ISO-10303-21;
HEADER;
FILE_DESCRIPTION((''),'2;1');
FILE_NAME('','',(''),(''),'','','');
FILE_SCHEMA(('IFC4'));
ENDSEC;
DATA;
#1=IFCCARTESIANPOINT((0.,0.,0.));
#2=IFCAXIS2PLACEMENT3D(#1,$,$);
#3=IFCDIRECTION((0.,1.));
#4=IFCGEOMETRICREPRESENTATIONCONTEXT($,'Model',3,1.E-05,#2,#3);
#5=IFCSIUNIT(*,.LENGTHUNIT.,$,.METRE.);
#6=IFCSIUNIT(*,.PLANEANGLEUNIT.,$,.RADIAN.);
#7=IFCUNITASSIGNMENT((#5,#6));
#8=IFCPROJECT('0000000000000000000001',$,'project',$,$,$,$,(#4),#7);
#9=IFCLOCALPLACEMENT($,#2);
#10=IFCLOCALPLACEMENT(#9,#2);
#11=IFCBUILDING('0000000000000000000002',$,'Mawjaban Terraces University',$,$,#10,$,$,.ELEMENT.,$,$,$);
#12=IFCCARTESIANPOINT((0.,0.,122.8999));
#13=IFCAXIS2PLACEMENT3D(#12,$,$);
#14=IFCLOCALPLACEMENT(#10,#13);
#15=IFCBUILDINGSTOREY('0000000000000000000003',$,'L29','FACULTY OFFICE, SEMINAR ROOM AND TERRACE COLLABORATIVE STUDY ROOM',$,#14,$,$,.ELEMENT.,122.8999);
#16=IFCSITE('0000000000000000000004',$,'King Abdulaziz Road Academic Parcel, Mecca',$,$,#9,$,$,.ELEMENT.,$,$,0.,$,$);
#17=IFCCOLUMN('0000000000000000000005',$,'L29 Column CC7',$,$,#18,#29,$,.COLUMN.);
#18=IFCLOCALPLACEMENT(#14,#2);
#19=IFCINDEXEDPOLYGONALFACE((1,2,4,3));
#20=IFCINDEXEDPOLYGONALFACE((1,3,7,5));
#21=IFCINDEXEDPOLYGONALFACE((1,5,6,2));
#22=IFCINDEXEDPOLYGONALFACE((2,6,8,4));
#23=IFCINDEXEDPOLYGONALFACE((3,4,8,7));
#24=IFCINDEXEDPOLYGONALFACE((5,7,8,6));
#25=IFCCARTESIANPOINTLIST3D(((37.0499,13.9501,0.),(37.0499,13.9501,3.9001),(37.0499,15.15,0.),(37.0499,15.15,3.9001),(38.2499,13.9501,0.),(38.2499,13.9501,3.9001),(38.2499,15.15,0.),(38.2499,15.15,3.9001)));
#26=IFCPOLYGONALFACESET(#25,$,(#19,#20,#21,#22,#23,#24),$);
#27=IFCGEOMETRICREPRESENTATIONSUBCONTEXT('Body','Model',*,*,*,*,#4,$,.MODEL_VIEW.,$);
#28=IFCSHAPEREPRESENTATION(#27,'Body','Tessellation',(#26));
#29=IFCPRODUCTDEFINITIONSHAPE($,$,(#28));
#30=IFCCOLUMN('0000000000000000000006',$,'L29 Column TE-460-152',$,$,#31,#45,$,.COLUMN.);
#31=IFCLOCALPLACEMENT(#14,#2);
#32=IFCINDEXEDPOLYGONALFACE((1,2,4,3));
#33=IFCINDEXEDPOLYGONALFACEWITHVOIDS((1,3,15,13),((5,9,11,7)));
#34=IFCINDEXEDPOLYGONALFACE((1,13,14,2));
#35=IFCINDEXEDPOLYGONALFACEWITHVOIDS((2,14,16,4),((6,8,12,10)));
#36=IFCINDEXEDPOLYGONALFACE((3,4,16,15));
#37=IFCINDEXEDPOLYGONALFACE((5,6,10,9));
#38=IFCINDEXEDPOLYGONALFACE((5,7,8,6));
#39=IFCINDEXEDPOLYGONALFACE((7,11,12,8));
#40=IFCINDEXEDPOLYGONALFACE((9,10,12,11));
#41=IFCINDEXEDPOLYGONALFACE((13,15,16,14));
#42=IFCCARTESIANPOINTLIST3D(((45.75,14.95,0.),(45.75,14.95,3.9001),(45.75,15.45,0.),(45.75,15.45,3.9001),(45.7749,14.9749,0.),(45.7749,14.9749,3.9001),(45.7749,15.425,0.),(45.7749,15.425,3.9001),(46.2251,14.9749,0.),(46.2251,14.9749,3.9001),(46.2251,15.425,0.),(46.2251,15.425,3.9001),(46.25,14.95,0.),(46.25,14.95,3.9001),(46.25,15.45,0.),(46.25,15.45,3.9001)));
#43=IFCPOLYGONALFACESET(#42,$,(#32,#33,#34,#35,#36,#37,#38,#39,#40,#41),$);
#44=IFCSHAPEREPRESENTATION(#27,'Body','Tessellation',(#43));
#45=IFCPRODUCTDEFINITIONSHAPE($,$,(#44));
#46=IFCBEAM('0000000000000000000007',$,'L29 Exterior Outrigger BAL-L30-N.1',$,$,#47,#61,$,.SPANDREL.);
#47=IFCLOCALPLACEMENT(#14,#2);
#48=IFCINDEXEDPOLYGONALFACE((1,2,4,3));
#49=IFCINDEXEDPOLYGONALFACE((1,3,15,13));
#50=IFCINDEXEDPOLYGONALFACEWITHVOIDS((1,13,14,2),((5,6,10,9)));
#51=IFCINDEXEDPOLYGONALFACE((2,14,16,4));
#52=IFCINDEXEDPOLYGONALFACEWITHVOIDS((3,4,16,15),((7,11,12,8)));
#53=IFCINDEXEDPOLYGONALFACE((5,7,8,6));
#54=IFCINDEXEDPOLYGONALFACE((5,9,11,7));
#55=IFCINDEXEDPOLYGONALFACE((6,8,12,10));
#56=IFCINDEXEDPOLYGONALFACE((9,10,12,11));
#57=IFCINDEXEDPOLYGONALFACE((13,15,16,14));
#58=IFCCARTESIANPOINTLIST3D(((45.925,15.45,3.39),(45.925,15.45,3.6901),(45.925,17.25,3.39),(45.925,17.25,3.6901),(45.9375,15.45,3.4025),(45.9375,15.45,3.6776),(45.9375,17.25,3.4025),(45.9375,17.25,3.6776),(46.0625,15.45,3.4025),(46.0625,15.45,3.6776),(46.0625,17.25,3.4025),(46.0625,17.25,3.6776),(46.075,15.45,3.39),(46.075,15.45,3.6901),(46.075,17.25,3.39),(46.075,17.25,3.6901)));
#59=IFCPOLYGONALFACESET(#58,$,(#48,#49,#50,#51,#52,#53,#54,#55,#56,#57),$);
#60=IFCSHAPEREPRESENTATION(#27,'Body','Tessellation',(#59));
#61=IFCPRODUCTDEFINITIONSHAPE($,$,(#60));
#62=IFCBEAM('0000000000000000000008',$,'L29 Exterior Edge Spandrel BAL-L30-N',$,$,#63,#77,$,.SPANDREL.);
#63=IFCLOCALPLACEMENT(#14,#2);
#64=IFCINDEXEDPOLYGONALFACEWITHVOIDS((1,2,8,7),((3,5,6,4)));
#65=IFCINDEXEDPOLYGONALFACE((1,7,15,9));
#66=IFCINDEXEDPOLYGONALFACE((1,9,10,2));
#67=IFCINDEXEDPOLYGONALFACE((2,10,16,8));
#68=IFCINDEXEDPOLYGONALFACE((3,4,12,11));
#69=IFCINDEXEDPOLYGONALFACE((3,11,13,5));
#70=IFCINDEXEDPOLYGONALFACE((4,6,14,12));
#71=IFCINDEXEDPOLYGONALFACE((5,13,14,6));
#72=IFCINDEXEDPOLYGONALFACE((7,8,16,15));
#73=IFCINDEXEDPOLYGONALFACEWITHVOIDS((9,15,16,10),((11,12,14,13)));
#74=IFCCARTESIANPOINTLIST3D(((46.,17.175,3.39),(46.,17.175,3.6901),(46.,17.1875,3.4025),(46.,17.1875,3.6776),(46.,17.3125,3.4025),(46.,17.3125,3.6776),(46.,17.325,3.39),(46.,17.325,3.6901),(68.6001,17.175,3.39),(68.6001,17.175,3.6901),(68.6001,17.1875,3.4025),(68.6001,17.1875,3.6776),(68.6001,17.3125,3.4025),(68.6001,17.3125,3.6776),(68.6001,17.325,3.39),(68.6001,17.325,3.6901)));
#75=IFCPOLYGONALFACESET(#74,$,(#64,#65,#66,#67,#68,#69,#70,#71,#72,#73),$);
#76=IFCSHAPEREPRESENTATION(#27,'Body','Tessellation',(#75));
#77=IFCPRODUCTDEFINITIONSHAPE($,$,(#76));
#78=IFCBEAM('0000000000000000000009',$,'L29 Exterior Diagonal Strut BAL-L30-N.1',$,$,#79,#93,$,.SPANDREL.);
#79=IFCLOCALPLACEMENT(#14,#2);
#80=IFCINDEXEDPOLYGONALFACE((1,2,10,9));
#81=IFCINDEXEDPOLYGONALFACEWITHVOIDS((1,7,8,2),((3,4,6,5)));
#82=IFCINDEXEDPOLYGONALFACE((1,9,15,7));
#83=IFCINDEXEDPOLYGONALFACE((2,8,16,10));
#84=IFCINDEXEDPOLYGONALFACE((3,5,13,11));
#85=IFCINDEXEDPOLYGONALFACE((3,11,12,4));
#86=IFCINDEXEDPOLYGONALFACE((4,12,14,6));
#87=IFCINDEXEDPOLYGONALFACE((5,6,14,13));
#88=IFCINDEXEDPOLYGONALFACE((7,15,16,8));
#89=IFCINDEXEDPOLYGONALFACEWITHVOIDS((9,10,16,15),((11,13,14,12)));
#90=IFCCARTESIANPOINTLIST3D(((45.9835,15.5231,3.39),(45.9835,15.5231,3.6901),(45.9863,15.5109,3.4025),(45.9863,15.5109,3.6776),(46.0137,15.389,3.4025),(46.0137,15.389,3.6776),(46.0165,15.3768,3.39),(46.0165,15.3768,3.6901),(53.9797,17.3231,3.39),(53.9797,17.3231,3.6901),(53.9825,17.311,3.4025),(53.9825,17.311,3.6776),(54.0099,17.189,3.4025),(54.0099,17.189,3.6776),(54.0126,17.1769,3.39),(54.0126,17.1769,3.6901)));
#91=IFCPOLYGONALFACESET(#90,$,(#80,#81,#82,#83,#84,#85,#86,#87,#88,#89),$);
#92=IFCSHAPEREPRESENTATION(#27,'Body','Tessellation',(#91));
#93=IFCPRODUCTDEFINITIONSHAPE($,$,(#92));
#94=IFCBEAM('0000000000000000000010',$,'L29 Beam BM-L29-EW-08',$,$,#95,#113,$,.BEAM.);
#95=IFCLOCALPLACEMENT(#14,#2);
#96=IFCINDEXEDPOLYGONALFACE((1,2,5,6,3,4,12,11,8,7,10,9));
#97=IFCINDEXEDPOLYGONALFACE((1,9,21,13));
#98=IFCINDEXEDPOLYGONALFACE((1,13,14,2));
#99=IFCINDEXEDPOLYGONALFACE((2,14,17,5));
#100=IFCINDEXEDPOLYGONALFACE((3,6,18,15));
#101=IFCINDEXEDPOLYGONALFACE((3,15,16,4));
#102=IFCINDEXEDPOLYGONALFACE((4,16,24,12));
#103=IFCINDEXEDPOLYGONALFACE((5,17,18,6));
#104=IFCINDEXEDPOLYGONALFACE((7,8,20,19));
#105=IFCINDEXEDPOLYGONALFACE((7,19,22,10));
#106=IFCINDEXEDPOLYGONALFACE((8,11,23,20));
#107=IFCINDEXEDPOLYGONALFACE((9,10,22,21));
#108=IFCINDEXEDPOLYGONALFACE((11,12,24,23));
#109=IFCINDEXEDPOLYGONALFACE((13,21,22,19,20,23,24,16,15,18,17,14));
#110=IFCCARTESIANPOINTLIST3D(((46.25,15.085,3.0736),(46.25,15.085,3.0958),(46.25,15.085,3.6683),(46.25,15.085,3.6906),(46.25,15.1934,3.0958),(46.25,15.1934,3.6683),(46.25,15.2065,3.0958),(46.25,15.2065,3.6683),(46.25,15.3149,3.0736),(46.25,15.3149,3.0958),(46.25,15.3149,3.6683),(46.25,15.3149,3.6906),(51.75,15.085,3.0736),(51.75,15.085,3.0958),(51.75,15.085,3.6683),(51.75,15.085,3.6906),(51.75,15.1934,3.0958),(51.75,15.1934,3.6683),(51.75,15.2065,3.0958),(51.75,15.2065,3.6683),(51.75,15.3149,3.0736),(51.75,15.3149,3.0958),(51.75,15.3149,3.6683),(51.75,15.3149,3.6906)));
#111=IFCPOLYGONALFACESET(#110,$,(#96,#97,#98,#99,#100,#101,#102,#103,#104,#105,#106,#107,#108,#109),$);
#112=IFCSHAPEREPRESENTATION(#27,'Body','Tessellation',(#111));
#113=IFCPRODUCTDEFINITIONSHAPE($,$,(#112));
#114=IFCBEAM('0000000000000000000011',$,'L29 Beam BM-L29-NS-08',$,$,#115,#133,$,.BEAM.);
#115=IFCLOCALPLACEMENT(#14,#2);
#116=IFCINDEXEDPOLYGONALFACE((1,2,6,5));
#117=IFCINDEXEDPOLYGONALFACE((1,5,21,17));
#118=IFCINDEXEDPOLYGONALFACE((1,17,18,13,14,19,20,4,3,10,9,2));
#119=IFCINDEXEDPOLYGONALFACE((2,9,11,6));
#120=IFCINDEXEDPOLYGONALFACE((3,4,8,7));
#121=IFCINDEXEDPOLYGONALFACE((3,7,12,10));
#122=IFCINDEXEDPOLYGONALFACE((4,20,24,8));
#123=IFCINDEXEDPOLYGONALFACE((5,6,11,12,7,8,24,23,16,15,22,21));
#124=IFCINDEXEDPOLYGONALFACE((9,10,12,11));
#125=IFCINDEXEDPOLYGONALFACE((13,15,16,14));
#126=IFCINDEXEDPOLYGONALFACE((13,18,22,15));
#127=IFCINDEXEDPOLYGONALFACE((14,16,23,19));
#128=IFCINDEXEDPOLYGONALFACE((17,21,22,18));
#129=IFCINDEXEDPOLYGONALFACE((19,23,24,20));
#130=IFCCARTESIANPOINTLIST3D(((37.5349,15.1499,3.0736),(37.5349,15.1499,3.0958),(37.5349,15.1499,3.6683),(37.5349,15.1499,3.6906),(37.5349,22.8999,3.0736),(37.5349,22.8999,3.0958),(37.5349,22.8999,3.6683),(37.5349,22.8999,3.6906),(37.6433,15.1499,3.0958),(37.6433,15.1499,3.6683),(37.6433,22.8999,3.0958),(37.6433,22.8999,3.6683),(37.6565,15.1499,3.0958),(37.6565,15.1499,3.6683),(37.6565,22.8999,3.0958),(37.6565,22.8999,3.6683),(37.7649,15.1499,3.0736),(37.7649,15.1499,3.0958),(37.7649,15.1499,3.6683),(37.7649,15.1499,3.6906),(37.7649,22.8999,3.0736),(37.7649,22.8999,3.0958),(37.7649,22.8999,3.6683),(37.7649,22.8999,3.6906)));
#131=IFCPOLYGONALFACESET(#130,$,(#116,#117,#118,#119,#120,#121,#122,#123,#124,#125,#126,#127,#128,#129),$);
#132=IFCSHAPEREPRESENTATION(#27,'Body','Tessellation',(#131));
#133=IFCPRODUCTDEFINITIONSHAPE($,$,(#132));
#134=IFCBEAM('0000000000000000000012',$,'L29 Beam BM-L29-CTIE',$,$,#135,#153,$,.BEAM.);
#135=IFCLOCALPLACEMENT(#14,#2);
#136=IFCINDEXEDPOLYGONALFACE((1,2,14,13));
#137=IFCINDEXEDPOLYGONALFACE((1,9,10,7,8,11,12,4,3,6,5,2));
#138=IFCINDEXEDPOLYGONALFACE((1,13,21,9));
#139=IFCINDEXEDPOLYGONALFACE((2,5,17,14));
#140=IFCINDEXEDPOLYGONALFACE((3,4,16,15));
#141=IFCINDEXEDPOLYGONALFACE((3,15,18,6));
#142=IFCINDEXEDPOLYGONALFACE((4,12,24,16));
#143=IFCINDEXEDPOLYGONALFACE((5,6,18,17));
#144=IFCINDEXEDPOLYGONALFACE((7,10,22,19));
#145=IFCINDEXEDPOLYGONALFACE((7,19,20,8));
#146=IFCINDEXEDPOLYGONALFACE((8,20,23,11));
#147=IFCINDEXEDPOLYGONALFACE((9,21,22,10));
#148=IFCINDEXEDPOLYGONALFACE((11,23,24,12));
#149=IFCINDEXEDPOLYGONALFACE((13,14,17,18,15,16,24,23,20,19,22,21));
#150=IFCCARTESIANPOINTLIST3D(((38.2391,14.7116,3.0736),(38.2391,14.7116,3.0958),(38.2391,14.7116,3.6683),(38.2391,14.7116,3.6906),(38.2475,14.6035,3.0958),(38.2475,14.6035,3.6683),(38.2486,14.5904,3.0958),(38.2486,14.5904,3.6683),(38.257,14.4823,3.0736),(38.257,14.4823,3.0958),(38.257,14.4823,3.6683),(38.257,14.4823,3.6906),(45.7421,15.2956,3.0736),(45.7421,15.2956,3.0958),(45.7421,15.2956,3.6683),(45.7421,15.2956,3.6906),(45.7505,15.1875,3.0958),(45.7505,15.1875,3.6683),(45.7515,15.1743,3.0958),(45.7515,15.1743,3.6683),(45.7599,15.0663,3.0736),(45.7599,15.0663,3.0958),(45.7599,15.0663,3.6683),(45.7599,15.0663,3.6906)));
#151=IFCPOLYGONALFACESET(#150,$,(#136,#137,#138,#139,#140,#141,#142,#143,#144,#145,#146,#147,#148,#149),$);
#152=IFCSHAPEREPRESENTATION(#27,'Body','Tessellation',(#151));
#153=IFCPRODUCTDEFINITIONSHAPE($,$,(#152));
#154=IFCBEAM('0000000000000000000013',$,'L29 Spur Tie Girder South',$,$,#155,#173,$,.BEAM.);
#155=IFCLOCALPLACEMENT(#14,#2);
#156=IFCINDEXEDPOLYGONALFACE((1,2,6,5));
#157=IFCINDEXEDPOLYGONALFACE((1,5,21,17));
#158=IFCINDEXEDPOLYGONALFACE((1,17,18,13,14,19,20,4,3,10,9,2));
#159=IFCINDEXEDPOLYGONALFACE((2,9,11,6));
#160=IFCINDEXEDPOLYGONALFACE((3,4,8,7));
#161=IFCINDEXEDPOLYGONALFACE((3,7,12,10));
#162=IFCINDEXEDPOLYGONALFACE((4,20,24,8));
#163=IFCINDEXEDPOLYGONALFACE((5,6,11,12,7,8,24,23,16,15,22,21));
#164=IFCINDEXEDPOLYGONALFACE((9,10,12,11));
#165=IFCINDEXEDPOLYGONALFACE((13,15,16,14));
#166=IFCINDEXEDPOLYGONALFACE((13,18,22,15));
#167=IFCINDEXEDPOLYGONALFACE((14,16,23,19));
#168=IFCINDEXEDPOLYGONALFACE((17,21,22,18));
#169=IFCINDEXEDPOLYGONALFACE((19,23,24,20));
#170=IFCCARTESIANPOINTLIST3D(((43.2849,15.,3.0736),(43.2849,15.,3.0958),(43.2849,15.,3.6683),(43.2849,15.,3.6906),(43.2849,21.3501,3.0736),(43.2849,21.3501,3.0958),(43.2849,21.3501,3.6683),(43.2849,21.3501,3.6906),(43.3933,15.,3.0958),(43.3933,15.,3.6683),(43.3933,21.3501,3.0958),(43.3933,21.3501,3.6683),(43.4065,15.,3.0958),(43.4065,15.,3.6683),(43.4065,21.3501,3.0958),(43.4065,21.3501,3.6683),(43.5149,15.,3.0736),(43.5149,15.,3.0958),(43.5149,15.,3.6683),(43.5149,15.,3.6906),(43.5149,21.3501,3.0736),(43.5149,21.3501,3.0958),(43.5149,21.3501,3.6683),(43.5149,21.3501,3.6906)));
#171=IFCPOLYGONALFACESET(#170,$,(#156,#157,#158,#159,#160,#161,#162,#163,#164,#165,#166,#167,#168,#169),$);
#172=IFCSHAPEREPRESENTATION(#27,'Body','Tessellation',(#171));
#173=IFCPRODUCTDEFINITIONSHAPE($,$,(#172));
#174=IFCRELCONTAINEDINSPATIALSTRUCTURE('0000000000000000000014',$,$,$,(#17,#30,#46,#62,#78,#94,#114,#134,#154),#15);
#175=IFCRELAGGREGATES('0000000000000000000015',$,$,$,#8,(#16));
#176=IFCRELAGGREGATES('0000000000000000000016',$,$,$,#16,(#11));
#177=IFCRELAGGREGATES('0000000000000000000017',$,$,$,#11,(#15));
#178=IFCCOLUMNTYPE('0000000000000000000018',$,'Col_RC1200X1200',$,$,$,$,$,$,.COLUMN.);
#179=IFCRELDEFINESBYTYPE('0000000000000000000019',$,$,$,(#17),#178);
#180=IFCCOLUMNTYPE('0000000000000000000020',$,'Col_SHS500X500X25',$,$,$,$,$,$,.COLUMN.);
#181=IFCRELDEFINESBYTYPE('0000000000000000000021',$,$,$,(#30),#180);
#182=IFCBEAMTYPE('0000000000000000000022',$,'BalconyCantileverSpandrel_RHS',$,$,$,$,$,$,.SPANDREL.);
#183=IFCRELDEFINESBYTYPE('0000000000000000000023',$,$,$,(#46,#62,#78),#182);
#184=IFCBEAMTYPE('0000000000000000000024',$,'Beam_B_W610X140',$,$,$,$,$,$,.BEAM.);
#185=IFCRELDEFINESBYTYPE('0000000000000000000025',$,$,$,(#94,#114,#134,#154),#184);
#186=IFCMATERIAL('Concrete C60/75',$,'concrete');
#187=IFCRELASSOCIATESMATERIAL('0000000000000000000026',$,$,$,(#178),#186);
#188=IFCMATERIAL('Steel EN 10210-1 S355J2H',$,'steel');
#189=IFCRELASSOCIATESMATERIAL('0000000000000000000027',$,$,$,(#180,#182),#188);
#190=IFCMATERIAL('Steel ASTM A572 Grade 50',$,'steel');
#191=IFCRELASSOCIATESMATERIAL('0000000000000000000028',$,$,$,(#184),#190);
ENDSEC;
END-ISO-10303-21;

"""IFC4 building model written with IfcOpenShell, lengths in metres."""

from ifc_helpers import new_model, si_unit, direction, frame, origin, origin_2d, place, context, subcontext, project, spatial, rectangle, hollow_rectangle, i_section, extrude, material, material_profile, profile_set, type_object, element, save


model = new_model("IFC4")

# Units and contexts
model_context = context("Model", 3, precision=1e-05, world=origin(), true_north=direction((0.0, 1.0)))
body_context = subcontext(model_context, "Body", "Model", "MODEL_VIEW")
ifc_project = project(units=[si_unit("LENGTHUNIT", "METRE"), si_unit("PLANEANGLEUNIT", "RADIAN")], contexts=[model_context])

# Site, building, storey
site_placement = place(None, origin())
site = spatial("IfcSite", under=ifc_project, at=site_placement, Name="King Abdulaziz Road Academic Parcel, Mecca", CompositionType="ELEMENT", RefElevation=0.0)
building_placement = place(site_placement, origin())
building = spatial("IfcBuilding", under=site, at=building_placement, Name="Mawjaban Terraces University", CompositionType="ELEMENT")
storey_placement = place(building_placement, frame((0.0, 0.0, 122.8999)))
storey = spatial("IfcBuildingStorey", under=building, at=storey_placement, Name="L29", Description="FACULTY OFFICE, SEMINAR ROOM AND TERRACE COLLABORATIVE STUDY ROOM", CompositionType="ELEMENT", Elevation=122.8999)

# Columns
ifc_material_1 = material(Name="Concrete C60/75", Category="concrete")
ifc_material_profile_1 = material_profile(ifc_material_1, rectangle(XDim=1.2, YDim=1.2, at=origin_2d()), Name="RC1200X1200")
ifc_profile_set_1 = profile_set([ifc_material_profile_1], Name="Concrete C60/75")
column_type_1 = type_object("IfcColumnType", Name="Col_RC1200X1200", PredefinedType="COLUMN", material=ifc_profile_set_1)
column_1_placement = place(storey_placement, frame((37.6499, 14.55, 0.0), z_axis=(0.0, 0.0, 1.0), x_axis=(1.0, 0.0, 0.0)))
element("IfcColumn", 1, at=column_1_placement, inside=storey, type_object=column_type_1, Name="L29 Column CC7", PredefinedType="COLUMN", context=body_context, shape_type="SweptSolid", body=[
    extrude(rectangle(XDim=1.2, YDim=1.2, at=origin_2d()), origin(), (0.0, 0.0, 1.0), 3.9001),
])
ifc_material_2 = material(Name="Steel EN 10210-1 S355J2H", Category="steel")
ifc_material_profile_2 = material_profile(ifc_material_2, hollow_rectangle(XDim=0.5, YDim=0.5, WallThickness=0.0249, at=origin_2d()), Name="SHS500X500X25")
ifc_profile_set_2 = profile_set([ifc_material_profile_2], Name="Steel EN 10210-1 S355J2H")
column_type_2 = type_object("IfcColumnType", Name="Col_SHS500X500X25", PredefinedType="COLUMN", material=ifc_profile_set_2)
column_2_placement = place(storey_placement, frame((46.0, 15.2, 0.0), z_axis=(0.0, 0.0, 1.0), x_axis=(1.0, 0.0, 0.0)))
element("IfcColumn", 2, at=column_2_placement, inside=storey, type_object=column_type_2, Name="L29 Column TE-460-152", PredefinedType="COLUMN", context=body_context, shape_type="SweptSolid", body=[
    extrude(hollow_rectangle(XDim=0.5, YDim=0.5, WallThickness=0.0249, at=origin_2d()), origin(), (0.0, 0.0, 1.0), 3.9001),
])

# Beams
ifc_material_profile_3 = material_profile(ifc_material_2, hollow_rectangle(XDim=0.1499, YDim=0.3, WallThickness=0.0125, at=origin_2d()), Name="RHS300X150X12.5")
ifc_profile_set_3 = profile_set([ifc_material_profile_3], Name="Steel EN 10210-1 S355J2H")
beam_type_1 = type_object("IfcBeamType", Name="BalconyCantileverSpandrel_RHS", PredefinedType="SPANDREL", material=ifc_profile_set_3)
beam_1_placement = place(storey_placement, frame((46.0, 15.45, 3.54), z_axis=(0.0, 1.0, 0.0), x_axis=(-1.0, 0.0, 0.0)))
element("IfcBeam", 3, at=beam_1_placement, inside=storey, type_object=beam_type_1, Name="L29 Exterior Outrigger BAL-L30-N.1", PredefinedType="SPANDREL", context=body_context, shape_type="SweptSolid", body=[
    extrude(hollow_rectangle(XDim=0.1499, YDim=0.3, WallThickness=0.0125, at=origin_2d()), origin(), (0.0, 0.0, 1.0), 1.8),
])
beam_2_placement = place(storey_placement, frame((46.0, 17.25, 3.54), z_axis=(1.0, 0.0, 0.0), x_axis=(0.0, 1.0, 0.0)))
element("IfcBeam", 4, at=beam_2_placement, inside=storey, type_object=beam_type_1, Name="L29 Exterior Edge Spandrel BAL-L30-N", PredefinedType="SPANDREL", context=body_context, shape_type="SweptSolid", body=[
    extrude(hollow_rectangle(XDim=0.1499, YDim=0.3, WallThickness=0.0125, at=origin_2d()), origin(), (0.0, 0.0, 1.0), 22.6001),
])
beam_3_placement = place(storey_placement, frame((46.0, 15.45, 3.54), z_axis=(0.975586, 0.21962, 0.0), x_axis=(-0.21962, 0.975586, 0.0)))
element("IfcBeam", 5, at=beam_3_placement, inside=storey, type_object=beam_type_1, Name="L29 Exterior Diagonal Strut BAL-L30-N.1", PredefinedType="SPANDREL", context=body_context, shape_type="SweptSolid", body=[
    extrude(hollow_rectangle(XDim=0.1499, YDim=0.3, WallThickness=0.0125, at=origin_2d()), origin(), (0.0, 0.0, 1.0), 8.1963),
])
ifc_material_3 = material(Name="Steel ASTM A572 Grade 50", Category="steel")
ifc_material_profile_4 = material_profile(ifc_material_3, i_section(OverallWidth=0.23, OverallDepth=0.6169, WebThickness=0.0132, FlangeThickness=0.0222, at=origin_2d()), Name="W610X140")
ifc_profile_set_4 = profile_set([ifc_material_profile_4], Name="Steel ASTM A572 Grade 50")
beam_type_2 = type_object("IfcBeamType", Name="Beam_B_W610X140", PredefinedType="BEAM", material=ifc_profile_set_4)
beam_4_placement = place(storey_placement, frame((46.25, 15.2, 3.3821), z_axis=(1.0, 0.0, 0.0), x_axis=(0.0, 1.0, 0.0)))
element("IfcBeam", 6, at=beam_4_placement, inside=storey, type_object=beam_type_2, Name="L29 Beam BM-L29-EW-08", PredefinedType="BEAM", context=body_context, shape_type="SweptSolid", body=[
    extrude(i_section(OverallWidth=0.23, OverallDepth=0.6169, WebThickness=0.0132, FlangeThickness=0.0222, at=origin_2d()), origin(), (0.0, 0.0, 1.0), 5.5),
])
beam_5_placement = place(storey_placement, frame((37.6499, 15.1499, 3.3821), z_axis=(0.0, 1.0, 0.0), x_axis=(-1.0, 0.0, 0.0)))
element("IfcBeam", 7, at=beam_5_placement, inside=storey, type_object=beam_type_2, Name="L29 Beam BM-L29-NS-08", PredefinedType="BEAM", context=body_context, shape_type="SweptSolid", body=[
    extrude(i_section(OverallWidth=0.23, OverallDepth=0.6169, WebThickness=0.0132, FlangeThickness=0.0222, at=origin_2d()), origin(), (0.0, 0.0, 1.0), 7.75),
])
beam_6_placement = place(storey_placement, frame((38.248, 14.5969, 3.3821), z_axis=(0.996985, 0.077599, 0.0), x_axis=(-0.077599, 0.996985, 0.0)))
element("IfcBeam", 8, at=beam_6_placement, inside=storey, type_object=beam_type_2, Name="L29 Beam BM-L29-CTIE", PredefinedType="BEAM", context=body_context, shape_type="SweptSolid", body=[
    extrude(i_section(OverallWidth=0.23, OverallDepth=0.6169, WebThickness=0.0132, FlangeThickness=0.0222, at=origin_2d()), origin(), (0.0, 0.0, 1.0), 7.5256),
])
beam_7_placement = place(storey_placement, frame((43.3999, 15.0, 3.3821), z_axis=(0.0, 1.0, 0.0), x_axis=(-1.0, 0.0, 0.0)))
element("IfcBeam", 9, at=beam_7_placement, inside=storey, type_object=beam_type_2, Name="L29 Spur Tie Girder South", PredefinedType="BEAM", context=body_context, shape_type="SweptSolid", body=[
    extrude(i_section(OverallWidth=0.23, OverallDepth=0.6169, WebThickness=0.0132, FlangeThickness=0.0222, at=origin_2d()), origin(), (0.0, 0.0, 1.0), 6.3501),
])

save(model, "model.ifc")
